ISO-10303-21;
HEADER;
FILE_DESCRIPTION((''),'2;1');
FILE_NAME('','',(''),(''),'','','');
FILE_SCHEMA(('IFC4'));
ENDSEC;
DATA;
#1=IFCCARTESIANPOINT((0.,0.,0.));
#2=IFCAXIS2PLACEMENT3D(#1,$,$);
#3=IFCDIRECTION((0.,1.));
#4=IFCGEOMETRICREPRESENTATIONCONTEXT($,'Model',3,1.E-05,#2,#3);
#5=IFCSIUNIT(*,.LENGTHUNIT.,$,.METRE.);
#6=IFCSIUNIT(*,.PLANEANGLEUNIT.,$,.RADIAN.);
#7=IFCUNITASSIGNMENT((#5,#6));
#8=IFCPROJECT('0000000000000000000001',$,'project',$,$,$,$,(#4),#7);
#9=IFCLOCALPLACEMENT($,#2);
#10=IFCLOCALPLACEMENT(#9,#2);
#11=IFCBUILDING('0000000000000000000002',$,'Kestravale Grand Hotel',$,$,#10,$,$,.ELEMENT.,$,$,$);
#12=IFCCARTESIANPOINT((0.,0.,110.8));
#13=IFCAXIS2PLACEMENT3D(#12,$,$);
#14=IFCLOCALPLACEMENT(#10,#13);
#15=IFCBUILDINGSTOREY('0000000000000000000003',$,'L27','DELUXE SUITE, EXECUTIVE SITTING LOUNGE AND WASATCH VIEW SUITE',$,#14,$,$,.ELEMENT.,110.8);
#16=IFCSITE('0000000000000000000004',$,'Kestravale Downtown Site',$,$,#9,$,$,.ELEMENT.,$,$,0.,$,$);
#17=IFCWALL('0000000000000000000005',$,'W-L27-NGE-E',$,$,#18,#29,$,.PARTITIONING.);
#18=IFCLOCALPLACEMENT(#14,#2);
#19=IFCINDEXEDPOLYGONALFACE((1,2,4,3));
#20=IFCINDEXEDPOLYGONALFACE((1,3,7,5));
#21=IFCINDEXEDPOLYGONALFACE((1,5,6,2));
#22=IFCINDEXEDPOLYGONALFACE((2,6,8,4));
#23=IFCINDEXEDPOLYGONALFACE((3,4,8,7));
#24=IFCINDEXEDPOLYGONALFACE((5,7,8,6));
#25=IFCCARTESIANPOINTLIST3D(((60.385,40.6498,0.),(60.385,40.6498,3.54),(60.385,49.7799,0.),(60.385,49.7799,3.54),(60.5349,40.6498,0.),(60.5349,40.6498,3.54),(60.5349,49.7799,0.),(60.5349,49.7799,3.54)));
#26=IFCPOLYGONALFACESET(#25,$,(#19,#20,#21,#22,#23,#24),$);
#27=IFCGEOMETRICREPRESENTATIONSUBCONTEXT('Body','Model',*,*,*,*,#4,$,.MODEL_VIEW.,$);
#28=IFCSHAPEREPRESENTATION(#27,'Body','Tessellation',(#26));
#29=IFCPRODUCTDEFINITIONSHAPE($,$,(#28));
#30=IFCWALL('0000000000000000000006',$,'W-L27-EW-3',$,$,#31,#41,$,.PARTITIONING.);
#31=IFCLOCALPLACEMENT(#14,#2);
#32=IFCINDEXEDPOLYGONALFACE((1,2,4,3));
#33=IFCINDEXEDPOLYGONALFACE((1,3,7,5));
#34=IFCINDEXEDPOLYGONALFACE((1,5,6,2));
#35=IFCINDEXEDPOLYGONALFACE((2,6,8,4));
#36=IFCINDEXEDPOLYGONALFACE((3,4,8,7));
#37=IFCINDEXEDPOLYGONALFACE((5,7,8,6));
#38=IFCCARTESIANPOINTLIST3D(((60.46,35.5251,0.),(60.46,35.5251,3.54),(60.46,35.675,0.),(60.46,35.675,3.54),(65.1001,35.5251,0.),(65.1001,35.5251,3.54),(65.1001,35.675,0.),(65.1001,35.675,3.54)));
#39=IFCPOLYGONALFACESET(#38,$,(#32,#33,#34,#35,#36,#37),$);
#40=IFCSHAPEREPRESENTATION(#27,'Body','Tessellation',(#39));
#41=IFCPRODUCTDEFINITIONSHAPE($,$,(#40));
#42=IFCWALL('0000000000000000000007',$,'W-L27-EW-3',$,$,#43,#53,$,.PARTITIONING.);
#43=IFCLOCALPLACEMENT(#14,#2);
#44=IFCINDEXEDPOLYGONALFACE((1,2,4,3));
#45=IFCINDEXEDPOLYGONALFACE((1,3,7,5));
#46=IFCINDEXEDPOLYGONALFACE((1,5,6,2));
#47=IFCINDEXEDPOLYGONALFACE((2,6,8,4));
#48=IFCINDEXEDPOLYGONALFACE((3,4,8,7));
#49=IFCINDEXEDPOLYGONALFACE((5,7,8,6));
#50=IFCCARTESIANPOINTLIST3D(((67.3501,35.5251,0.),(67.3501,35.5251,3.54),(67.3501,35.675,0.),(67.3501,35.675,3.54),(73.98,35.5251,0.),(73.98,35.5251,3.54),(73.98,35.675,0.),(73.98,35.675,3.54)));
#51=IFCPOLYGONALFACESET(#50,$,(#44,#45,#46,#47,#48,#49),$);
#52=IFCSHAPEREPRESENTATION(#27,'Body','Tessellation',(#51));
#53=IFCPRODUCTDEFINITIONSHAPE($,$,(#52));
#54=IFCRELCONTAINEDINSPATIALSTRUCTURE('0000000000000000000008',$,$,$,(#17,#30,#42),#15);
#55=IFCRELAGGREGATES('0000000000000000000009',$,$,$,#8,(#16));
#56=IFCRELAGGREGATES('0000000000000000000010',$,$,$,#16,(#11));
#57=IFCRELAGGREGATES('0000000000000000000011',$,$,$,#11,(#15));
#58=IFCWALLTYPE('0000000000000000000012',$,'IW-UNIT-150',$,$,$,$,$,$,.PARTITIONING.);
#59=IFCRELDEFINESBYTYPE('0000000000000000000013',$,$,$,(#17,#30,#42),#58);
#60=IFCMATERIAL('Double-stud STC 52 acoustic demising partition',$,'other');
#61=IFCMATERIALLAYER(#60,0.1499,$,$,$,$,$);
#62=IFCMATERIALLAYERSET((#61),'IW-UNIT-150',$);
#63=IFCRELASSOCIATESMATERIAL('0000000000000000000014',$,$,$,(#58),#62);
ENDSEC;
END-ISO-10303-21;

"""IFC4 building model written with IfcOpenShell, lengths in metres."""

from ifc_helpers import new_model, si_unit, direction, frame, frame_2d, origin, place, context, subcontext, project, spatial, rectangle, extrude, material, layer, layer_set, type_object, element, save


model = new_model("IFC4")

# Units and contexts
model_context = context("Model", 3, precision=1e-05, world=origin(), true_north=direction((0.0, 1.0)))
body_context = subcontext(model_context, "Body", "Model", "MODEL_VIEW")
ifc_project = project(units=[si_unit("LENGTHUNIT", "METRE"), si_unit("PLANEANGLEUNIT", "RADIAN")], contexts=[model_context])

# Site, building, storey
site_placement = place(None, origin())
site = spatial("IfcSite", under=ifc_project, at=site_placement, Name="Kestravale Downtown Site", CompositionType="ELEMENT", RefElevation=0.0)
building_placement = place(site_placement, origin())
building = spatial("IfcBuilding", under=site, at=building_placement, Name="Kestravale Grand Hotel", CompositionType="ELEMENT")
storey_placement = place(building_placement, frame((0.0, 0.0, 110.8)))
storey = spatial("IfcBuildingStorey", under=building, at=storey_placement, Name="L27", Description="DELUXE SUITE, EXECUTIVE SITTING LOUNGE AND WASATCH VIEW SUITE", CompositionType="ELEMENT", Elevation=110.8)

# Walls
ifc_material_1 = material(Name="Double-stud STC 52 acoustic demising partition", Category="other")
ifc_layer_1 = layer(ifc_material_1, 0.1499)
ifc_layer_set_1 = layer_set([ifc_layer_1], Name="IW-UNIT-150")
wall_type_1 = type_object("IfcWallType", Name="IW-UNIT-150", PredefinedType="PARTITIONING", material=ifc_layer_set_1)
wall_1_placement = place(storey_placement, frame((60.46, 40.6499, 0.0), z_axis=(0.0, 0.0, 1.0), x_axis=(0.0, 1.0, 0.0)))
element("IfcWall", 1, at=wall_1_placement, inside=storey, type_object=wall_type_1, Name="W-L27-NGE-E", PredefinedType="PARTITIONING", context=body_context, shape_type="SweptSolid", body=[
    extrude(rectangle(XDim=9.1301, YDim=0.1499, at=frame_2d((4.5649, 0.0))), origin(), (0.0, 0.0, 1.0), 3.54),
])
wall_2_placement = place(storey_placement, frame((60.46, 35.6001, 0.0), z_axis=(0.0, 0.0, 1.0), x_axis=(1.0, 0.0, 0.0)))
element("IfcWall", 2, at=wall_2_placement, inside=storey, type_object=wall_type_1, Name="W-L27-EW-3", PredefinedType="PARTITIONING", context=body_context, shape_type="SweptSolid", body=[
    extrude(rectangle(XDim=4.6401, YDim=0.1499, at=frame_2d((2.3201, 0.0))), origin(), (0.0, 0.0, 1.0), 3.54),
])
wall_3_placement = place(storey_placement, frame((67.3501, 35.6001, 0.0), z_axis=(0.0, 0.0, 1.0), x_axis=(1.0, 0.0, 0.0)))
element("IfcWall", 3, at=wall_3_placement, inside=storey, type_object=wall_type_1, Name="W-L27-EW-3", PredefinedType="PARTITIONING", context=body_context, shape_type="SweptSolid", body=[
    extrude(rectangle(XDim=6.6299, YDim=0.1499, at=frame_2d((3.3149, 0.0))), origin(), (0.0, 0.0, 1.0), 3.54),
])

save(model, "model.ifc")
